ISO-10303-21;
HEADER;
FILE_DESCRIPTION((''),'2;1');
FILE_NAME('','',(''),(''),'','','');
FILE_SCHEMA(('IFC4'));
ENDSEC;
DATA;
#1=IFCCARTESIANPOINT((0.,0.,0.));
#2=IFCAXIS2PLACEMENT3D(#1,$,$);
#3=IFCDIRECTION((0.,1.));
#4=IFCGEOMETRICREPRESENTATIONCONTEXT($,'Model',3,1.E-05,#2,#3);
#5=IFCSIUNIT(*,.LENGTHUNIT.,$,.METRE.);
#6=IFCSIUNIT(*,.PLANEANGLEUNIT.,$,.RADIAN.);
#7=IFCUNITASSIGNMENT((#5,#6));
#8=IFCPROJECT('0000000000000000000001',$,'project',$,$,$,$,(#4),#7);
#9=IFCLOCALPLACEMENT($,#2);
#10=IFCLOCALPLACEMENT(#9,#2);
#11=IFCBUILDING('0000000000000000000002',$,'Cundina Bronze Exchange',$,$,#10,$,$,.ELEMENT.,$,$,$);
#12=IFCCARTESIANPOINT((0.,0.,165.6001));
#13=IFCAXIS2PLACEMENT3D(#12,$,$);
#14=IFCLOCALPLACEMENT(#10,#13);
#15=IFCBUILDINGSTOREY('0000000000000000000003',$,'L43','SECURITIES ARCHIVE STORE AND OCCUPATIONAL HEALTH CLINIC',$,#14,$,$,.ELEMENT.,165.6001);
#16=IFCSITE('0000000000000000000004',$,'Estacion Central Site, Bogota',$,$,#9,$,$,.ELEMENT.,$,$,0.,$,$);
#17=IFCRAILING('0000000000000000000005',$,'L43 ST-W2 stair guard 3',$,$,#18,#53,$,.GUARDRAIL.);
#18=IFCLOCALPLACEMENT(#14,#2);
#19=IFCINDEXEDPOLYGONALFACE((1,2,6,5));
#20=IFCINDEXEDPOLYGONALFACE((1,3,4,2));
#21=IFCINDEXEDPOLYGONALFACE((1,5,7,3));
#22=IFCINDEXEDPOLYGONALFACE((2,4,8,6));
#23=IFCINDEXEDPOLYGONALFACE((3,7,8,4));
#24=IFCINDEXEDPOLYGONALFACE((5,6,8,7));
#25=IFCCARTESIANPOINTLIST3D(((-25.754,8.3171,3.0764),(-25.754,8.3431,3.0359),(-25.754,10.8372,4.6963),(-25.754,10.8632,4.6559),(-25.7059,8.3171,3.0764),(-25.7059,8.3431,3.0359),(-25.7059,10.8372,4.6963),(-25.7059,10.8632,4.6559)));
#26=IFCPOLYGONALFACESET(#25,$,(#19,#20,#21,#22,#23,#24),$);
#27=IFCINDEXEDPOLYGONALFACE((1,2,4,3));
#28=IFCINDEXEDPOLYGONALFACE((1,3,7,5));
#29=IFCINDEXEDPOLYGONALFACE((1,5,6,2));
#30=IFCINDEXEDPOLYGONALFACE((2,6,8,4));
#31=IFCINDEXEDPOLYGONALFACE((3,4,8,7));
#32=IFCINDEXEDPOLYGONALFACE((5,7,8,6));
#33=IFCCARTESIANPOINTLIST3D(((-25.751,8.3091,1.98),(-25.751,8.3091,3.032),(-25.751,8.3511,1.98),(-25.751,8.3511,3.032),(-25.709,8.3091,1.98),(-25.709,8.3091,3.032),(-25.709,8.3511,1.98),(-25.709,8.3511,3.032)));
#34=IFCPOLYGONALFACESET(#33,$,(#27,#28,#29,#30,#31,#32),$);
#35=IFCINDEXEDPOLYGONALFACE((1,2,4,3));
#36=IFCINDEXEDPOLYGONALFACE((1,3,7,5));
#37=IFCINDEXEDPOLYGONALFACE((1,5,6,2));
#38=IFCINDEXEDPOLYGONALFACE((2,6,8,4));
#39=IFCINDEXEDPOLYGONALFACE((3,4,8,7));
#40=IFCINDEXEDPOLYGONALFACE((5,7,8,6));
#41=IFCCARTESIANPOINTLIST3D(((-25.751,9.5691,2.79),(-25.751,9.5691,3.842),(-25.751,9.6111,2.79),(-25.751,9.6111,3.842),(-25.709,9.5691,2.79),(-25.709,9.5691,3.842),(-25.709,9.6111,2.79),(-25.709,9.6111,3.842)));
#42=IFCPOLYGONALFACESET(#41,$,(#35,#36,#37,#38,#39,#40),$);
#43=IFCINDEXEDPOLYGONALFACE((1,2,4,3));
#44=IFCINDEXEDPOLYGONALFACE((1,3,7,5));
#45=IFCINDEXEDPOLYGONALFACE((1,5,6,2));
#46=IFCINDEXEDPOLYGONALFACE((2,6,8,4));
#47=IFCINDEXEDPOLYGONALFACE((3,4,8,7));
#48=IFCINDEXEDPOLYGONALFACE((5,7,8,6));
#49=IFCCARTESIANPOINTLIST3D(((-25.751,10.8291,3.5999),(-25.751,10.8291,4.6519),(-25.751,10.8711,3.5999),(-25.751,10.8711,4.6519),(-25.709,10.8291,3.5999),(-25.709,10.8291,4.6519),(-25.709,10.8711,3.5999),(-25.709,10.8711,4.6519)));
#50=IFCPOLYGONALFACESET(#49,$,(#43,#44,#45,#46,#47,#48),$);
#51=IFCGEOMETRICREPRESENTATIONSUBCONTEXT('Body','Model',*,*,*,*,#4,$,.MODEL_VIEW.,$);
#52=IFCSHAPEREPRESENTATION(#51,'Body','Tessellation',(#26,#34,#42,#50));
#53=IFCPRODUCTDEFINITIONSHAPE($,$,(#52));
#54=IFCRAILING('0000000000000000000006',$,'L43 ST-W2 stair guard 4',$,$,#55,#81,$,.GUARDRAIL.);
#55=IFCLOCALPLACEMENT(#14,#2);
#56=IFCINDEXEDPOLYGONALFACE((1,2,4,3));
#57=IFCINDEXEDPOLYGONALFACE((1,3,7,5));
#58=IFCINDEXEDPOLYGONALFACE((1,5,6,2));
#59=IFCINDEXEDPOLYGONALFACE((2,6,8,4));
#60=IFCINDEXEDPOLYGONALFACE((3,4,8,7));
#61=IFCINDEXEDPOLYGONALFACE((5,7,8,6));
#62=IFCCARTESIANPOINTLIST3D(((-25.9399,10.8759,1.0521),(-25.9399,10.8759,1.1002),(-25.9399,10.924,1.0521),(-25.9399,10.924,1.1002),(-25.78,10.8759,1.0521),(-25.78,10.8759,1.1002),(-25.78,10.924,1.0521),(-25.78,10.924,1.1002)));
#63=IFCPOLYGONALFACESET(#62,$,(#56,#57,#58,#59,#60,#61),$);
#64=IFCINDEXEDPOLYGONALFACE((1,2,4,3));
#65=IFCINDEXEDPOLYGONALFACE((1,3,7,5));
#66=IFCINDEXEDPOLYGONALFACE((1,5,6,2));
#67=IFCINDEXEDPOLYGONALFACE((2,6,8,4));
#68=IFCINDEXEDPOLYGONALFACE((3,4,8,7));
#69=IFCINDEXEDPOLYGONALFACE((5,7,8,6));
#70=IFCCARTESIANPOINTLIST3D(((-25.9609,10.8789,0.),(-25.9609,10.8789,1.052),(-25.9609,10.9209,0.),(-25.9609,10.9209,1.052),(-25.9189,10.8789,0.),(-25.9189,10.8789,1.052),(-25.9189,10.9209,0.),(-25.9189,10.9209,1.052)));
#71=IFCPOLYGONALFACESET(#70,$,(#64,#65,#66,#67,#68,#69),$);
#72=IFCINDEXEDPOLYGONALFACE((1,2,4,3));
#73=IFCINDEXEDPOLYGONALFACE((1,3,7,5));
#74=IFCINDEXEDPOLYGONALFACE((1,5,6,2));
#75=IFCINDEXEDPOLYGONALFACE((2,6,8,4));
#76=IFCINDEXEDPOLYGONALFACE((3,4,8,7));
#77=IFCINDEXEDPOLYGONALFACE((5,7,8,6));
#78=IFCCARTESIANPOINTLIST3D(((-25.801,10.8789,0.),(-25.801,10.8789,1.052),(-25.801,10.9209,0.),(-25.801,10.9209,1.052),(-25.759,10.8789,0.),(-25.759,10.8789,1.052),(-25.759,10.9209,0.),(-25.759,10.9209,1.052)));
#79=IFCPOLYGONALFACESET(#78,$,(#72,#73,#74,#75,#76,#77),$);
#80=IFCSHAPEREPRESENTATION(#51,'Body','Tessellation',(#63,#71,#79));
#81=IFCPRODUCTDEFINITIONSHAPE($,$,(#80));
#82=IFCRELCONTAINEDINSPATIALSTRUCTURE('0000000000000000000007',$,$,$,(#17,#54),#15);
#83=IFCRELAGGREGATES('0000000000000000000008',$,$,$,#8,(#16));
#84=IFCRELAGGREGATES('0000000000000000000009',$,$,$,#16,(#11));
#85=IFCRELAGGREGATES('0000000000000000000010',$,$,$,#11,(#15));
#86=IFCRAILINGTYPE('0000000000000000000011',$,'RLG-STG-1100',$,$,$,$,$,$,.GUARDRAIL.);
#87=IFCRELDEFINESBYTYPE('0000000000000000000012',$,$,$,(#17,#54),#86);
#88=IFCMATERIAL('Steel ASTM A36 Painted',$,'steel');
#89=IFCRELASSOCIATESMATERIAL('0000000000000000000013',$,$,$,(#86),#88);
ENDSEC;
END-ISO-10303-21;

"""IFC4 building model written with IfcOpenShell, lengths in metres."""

from ifc_helpers import new_model, si_unit, direction, frame, origin, origin_2d, place, context, subcontext, project, spatial, rectangle, extrude, material, type_object, element, save


model = new_model("IFC4")

# Units and contexts
model_context = context("Model", 3, precision=1e-05, world=origin(), true_north=direction((0.0, 1.0)))
body_context = subcontext(model_context, "Body", "Model", "MODEL_VIEW")
ifc_project = project(units=[si_unit("LENGTHUNIT", "METRE"), si_unit("PLANEANGLEUNIT", "RADIAN")], contexts=[model_context])

# Site, building, storey
site_placement = place(None, origin())
site = spatial("IfcSite", under=ifc_project, at=site_placement, Name="Estacion Central Site, Bogota", CompositionType="ELEMENT", RefElevation=0.0)
building_placement = place(site_placement, origin())
building = spatial("IfcBuilding", under=site, at=building_placement, Name="Cundina Bronze Exchange", CompositionType="ELEMENT")
storey_placement = place(building_placement, frame((0.0, 0.0, 165.6001)))
storey = spatial("IfcBuildingStorey", under=building, at=storey_placement, Name="L43", Description="SECURITIES ARCHIVE STORE AND OCCUPATIONAL HEALTH CLINIC", CompositionType="ELEMENT", Elevation=165.6001)

# Shared definitions
ifc_material_1 = material(Name="Steel ASTM A36 Painted", Category="steel")

# Railings
railing_type_1 = type_object("IfcRailingType", Name="RLG-STG-1100", PredefinedType="GUARDRAIL", material=ifc_material_1)
railing_1_placement = place(storey_placement, frame((-25.73, 8.3301, 1.98)))
element("IfcRailing", 1, at=railing_1_placement, inside=storey, type_object=railing_type_1, Name="L43 ST-W2 stair guard 3", PredefinedType="GUARDRAIL", context=body_context, shape_type="SweptSolid", body=[
    extrude(rectangle(XDim=0.0481, YDim=0.0481, at=origin_2d()), frame((0.0, 0.0, 1.0762), z_axis=(0.0, 0.8412, 0.540725), x_axis=(-1.0, 0.0, 0.0)), (0.0, 0.0, 1.0), 2.9958),
    extrude(rectangle(XDim=0.042, YDim=0.042, at=origin_2d()), origin(), (0.0, 0.0, 1.0), 1.052),
    extrude(rectangle(XDim=0.042, YDim=0.042, at=origin_2d()), frame((0.0, 1.26, 0.8101)), (0.0, 0.0, 1.0), 1.052),
    extrude(rectangle(XDim=0.042, YDim=0.042, at=origin_2d()), frame((0.0, 2.52, 1.6199)), (0.0, 0.0, 1.0), 1.052),
])
railing_2_placement = place(storey_placement, frame((-25.9399, 10.8999, 0.0)))
element("IfcRailing", 2, at=railing_2_placement, inside=storey, type_object=railing_type_1, Name="L43 ST-W2 stair guard 4", PredefinedType="GUARDRAIL", context=body_context, shape_type="SweptSolid", body=[
    extrude(rectangle(XDim=0.0481, YDim=0.0481, at=origin_2d()), frame((0.0, 0.0, 1.0762), z_axis=(1.0, 0.0, 0.0), x_axis=(0.0, 1.0, 0.0)), (0.0, 0.0, 1.0), 0.1599),
    extrude(rectangle(XDim=0.042, YDim=0.042, at=origin_2d()), origin(), (0.0, 0.0, 1.0), 1.052),
    extrude(rectangle(XDim=0.042, YDim=0.042, at=origin_2d()), frame((0.1599, 0.0, 0.0)), (0.0, 0.0, 1.0), 1.052),
])

save(model, "model.ifc")
